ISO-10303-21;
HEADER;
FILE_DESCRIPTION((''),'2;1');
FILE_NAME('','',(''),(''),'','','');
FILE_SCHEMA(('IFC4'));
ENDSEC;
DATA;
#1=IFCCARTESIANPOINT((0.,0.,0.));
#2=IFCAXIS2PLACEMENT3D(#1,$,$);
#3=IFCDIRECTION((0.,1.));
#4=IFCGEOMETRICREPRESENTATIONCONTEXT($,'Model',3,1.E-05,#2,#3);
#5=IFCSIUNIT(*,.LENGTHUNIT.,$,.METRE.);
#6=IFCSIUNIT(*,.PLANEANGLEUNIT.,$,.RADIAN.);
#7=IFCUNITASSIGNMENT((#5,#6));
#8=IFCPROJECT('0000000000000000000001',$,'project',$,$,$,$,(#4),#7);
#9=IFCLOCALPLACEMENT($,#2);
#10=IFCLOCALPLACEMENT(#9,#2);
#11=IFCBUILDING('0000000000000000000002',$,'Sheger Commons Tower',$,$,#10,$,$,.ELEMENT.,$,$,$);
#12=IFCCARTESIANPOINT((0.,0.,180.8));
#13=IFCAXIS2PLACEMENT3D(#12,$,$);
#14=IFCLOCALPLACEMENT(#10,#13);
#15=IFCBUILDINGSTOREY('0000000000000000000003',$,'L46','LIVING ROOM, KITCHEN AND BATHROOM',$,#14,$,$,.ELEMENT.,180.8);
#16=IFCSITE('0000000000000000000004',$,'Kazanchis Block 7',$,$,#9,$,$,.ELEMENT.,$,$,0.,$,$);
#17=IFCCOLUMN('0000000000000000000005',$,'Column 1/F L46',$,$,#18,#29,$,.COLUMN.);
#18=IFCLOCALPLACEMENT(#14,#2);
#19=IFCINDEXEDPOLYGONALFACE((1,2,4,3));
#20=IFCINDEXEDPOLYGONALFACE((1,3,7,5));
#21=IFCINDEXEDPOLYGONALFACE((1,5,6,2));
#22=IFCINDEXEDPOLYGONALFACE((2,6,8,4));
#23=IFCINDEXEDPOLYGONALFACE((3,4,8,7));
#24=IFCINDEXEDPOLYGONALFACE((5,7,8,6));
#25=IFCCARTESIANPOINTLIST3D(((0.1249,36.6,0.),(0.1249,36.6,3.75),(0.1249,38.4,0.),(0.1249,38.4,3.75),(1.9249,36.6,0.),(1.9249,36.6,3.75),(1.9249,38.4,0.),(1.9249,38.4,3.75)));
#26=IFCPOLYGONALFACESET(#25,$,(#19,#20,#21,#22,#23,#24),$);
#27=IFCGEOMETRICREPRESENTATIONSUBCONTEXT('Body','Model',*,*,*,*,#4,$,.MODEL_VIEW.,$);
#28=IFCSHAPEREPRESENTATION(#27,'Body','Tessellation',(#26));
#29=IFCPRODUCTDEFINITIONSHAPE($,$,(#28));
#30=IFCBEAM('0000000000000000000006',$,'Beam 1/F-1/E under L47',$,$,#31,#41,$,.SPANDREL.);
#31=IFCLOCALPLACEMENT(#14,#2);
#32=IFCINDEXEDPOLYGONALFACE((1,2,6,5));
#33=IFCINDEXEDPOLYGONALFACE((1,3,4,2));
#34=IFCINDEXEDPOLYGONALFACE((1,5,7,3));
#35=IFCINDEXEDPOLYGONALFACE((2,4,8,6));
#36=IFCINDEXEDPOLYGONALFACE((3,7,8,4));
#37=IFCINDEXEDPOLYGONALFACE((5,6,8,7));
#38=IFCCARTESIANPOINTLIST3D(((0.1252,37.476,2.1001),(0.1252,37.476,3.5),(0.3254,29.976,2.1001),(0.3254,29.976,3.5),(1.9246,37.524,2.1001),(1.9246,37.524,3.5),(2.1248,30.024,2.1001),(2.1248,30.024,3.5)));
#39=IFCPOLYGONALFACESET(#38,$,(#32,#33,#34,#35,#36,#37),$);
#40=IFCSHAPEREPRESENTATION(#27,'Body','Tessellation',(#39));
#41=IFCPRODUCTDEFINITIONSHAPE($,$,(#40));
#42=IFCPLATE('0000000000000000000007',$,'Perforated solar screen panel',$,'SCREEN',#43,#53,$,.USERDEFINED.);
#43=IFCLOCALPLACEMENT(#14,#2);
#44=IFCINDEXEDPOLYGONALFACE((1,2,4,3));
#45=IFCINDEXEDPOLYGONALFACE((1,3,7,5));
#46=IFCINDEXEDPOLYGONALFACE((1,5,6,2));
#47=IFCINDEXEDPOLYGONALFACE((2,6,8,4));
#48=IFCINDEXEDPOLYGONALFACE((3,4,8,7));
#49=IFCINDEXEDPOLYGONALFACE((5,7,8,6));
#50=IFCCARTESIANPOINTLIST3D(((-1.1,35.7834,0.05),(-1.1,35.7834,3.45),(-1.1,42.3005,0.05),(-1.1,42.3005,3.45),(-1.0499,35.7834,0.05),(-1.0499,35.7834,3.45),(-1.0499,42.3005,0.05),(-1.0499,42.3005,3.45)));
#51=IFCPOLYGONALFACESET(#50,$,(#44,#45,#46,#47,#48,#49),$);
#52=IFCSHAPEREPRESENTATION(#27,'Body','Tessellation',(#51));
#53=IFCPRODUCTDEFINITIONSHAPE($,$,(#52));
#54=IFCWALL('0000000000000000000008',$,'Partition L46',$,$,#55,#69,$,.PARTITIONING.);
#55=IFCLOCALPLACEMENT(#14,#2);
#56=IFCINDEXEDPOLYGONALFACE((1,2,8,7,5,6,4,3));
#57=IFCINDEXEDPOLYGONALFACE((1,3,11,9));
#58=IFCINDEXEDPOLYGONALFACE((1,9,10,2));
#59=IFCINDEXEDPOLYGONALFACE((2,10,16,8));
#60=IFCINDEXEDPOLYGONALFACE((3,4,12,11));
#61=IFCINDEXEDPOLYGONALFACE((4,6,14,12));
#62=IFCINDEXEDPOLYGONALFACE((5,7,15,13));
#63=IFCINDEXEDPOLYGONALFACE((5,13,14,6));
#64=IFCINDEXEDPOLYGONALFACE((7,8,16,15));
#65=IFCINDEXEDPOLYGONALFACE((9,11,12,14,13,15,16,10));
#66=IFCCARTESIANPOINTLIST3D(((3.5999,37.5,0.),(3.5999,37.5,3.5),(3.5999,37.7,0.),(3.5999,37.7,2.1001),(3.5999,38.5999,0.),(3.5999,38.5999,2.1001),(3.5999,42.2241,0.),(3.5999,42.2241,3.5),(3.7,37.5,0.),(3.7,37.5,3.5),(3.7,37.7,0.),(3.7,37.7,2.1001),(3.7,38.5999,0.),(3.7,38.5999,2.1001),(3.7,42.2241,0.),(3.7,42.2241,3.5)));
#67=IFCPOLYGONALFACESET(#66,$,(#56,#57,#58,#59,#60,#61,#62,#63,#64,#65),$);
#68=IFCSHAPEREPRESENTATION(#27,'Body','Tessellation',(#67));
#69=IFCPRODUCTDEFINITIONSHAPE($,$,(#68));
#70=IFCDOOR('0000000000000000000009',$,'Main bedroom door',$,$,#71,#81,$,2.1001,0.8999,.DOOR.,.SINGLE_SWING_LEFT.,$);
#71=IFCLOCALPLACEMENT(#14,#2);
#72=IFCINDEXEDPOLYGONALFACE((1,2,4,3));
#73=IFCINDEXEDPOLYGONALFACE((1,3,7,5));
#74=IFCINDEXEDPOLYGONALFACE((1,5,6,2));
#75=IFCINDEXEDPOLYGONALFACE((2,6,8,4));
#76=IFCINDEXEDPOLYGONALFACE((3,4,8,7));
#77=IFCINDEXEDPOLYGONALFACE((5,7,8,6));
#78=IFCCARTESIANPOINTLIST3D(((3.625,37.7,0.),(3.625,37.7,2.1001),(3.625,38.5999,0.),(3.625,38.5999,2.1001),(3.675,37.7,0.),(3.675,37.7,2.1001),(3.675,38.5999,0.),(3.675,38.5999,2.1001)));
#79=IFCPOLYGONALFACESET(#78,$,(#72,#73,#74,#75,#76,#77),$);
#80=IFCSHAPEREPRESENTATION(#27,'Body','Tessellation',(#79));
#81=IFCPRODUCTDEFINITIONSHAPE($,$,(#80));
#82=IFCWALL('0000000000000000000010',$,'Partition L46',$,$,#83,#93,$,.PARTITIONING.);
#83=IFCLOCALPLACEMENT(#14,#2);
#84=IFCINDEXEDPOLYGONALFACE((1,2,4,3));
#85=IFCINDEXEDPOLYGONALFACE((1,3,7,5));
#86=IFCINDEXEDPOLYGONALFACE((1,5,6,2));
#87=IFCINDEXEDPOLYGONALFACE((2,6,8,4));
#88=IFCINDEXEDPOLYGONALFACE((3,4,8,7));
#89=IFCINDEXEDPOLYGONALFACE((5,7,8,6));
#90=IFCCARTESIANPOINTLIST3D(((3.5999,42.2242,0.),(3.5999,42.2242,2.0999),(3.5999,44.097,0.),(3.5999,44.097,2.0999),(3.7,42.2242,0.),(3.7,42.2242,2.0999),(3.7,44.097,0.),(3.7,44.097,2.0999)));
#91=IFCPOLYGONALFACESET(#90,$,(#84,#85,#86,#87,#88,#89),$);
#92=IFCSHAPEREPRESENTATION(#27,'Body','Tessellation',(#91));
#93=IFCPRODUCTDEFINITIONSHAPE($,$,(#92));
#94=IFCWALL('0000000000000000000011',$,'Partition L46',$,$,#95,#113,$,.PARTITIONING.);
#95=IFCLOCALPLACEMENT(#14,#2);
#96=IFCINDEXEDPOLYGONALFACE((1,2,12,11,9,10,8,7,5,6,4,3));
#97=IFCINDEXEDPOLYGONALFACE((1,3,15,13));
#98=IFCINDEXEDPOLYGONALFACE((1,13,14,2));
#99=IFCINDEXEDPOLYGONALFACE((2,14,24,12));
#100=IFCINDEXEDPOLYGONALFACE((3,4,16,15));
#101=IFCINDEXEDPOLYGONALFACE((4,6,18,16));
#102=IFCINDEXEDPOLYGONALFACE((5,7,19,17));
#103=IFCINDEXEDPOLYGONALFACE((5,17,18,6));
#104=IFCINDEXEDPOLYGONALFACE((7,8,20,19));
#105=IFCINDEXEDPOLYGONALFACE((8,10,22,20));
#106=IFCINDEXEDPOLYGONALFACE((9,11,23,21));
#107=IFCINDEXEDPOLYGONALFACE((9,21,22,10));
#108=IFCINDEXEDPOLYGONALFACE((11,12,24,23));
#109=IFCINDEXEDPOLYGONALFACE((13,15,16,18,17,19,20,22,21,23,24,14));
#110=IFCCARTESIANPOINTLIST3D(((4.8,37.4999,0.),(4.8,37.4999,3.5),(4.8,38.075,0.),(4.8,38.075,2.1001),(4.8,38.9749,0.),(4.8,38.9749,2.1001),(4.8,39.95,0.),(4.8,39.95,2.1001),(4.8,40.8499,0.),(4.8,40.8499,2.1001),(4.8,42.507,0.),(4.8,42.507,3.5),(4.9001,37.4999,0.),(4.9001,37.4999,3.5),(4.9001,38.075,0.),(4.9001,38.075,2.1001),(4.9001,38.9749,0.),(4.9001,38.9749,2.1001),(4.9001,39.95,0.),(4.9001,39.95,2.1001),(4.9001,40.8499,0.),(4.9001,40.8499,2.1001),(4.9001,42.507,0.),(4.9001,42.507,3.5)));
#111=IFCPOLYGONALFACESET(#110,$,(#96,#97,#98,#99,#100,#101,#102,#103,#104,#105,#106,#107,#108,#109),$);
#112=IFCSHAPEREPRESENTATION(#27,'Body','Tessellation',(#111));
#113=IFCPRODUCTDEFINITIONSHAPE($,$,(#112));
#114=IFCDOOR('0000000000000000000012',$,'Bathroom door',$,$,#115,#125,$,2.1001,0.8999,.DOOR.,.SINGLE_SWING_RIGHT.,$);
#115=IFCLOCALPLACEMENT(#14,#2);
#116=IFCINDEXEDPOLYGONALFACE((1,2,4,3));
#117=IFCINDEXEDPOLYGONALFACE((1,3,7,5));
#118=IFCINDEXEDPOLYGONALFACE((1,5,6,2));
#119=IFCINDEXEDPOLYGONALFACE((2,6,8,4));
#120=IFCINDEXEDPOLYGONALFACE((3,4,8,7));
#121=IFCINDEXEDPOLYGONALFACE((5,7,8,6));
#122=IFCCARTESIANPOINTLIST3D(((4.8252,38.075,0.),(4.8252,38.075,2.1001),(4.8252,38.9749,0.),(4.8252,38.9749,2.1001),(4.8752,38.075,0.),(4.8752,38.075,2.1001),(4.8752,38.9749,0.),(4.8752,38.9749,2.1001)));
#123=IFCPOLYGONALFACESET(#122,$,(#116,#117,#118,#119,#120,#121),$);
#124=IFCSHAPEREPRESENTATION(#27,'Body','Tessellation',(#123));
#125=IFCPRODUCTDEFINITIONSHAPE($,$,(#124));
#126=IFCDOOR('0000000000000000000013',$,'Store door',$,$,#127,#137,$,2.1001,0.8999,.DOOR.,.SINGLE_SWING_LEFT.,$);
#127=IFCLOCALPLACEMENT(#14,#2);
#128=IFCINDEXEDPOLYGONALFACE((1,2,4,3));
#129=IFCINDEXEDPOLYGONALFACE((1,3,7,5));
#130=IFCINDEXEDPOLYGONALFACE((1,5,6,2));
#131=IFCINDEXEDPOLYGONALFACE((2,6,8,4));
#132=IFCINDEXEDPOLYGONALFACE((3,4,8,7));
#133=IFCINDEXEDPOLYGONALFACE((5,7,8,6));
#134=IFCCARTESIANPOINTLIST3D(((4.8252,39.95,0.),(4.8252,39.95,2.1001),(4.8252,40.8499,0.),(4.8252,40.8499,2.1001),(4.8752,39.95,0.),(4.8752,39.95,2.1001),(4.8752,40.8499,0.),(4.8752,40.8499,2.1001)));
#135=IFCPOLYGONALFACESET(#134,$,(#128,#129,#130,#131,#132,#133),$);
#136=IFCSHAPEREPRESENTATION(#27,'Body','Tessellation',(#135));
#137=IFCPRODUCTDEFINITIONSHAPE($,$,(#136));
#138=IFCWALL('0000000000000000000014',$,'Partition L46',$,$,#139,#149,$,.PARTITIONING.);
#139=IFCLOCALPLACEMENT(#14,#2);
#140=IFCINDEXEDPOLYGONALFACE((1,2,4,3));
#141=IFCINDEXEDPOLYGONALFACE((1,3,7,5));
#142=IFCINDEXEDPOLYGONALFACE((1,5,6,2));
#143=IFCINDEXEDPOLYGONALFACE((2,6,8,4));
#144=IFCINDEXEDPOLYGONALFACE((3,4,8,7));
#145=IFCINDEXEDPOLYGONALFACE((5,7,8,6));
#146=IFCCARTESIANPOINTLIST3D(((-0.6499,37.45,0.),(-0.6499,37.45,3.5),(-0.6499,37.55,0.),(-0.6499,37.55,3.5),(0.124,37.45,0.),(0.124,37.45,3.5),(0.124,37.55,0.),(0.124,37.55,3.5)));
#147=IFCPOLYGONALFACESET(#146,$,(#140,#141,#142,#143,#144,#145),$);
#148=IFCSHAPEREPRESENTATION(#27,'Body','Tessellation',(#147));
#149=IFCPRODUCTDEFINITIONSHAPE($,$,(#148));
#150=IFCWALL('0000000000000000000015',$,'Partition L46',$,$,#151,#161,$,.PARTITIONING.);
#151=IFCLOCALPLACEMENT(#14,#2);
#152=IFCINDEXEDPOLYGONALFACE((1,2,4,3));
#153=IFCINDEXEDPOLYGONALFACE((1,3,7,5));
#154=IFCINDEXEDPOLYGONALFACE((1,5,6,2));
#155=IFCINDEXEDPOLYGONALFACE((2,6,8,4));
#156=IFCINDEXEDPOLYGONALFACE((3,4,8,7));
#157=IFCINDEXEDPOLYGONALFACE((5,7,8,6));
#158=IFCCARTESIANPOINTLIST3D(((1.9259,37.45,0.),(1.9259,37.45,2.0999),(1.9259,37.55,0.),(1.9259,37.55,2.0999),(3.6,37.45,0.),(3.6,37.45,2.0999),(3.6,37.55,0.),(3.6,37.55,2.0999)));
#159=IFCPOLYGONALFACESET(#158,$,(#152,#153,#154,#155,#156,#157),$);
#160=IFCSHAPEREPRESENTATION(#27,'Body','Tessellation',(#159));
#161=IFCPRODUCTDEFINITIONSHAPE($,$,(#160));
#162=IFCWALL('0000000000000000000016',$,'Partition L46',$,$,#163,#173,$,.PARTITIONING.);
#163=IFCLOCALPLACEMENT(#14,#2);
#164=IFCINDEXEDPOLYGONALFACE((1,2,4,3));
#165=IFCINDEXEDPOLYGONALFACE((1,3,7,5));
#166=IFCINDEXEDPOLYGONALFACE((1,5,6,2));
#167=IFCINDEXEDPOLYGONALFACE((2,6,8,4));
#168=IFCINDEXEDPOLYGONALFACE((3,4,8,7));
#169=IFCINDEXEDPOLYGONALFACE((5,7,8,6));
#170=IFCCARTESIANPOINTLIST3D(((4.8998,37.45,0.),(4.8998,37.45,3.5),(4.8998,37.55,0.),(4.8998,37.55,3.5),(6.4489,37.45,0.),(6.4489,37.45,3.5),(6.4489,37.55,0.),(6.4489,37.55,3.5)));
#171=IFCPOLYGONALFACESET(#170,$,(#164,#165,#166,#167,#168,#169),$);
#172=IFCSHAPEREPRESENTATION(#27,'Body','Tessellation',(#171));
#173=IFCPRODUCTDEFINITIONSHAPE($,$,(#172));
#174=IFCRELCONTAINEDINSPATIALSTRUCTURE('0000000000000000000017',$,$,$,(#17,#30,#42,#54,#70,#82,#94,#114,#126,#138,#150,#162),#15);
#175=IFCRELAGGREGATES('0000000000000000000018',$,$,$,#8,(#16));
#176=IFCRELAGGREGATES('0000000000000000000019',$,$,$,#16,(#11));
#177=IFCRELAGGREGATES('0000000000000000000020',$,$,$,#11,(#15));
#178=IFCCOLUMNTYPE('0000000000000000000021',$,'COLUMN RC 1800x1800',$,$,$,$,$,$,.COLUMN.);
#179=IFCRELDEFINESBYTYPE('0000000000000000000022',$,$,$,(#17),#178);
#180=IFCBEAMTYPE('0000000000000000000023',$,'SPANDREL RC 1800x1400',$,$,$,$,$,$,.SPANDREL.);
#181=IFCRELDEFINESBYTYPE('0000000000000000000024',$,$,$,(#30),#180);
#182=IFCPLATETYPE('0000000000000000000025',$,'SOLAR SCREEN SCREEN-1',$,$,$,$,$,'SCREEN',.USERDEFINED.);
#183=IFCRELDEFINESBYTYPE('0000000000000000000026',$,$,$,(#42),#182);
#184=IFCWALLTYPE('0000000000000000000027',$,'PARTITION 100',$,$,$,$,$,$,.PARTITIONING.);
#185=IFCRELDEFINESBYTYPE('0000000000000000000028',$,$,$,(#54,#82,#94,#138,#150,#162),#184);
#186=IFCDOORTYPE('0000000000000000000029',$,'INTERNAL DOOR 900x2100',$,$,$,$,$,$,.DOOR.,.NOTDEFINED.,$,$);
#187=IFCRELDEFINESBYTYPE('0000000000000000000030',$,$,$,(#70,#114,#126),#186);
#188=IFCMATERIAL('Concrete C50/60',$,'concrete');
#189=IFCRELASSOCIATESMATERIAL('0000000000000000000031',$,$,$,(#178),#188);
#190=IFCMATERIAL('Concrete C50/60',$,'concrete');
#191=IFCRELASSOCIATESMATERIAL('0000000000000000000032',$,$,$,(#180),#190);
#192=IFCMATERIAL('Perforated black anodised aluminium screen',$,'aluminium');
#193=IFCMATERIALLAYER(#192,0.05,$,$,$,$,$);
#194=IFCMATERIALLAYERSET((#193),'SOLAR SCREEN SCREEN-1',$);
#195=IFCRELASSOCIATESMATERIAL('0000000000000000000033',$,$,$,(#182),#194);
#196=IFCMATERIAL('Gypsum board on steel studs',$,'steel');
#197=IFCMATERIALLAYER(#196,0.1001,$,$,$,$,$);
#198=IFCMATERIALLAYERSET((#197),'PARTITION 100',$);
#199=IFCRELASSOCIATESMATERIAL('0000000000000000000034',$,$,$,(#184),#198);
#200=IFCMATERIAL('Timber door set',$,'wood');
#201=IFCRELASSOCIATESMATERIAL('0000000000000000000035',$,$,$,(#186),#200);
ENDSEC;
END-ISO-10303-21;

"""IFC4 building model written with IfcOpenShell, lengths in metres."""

from ifc_helpers import new_model, si_unit, direction, frame, frame_2d, origin, origin_2d, place, context, subcontext, project, spatial, rectangle, extrude, material, layer, layer_set, material_profile, profile_set, type_object, element, fill, save


model = new_model("IFC4")

# Units and contexts
model_context = context("Model", 3, precision=1e-05, world=origin(), true_north=direction((0.0, 1.0)))
body_context = subcontext(model_context, "Body", "Model", "MODEL_VIEW")
ifc_project = project(units=[si_unit("LENGTHUNIT", "METRE"), si_unit("PLANEANGLEUNIT", "RADIAN")], contexts=[model_context])

# Site, building, storey
site_placement = place(None, origin())
site = spatial("IfcSite", under=ifc_project, at=site_placement, Name="Kazanchis Block 7", CompositionType="ELEMENT", RefElevation=0.0)
building_placement = place(site_placement, origin())
building = spatial("IfcBuilding", under=site, at=building_placement, Name="Sheger Commons Tower", CompositionType="ELEMENT")
storey_placement = place(building_placement, frame((0.0, 0.0, 180.8)))
storey = spatial("IfcBuildingStorey", under=building, at=storey_placement, Name="L46", Description="LIVING ROOM, KITCHEN AND BATHROOM", CompositionType="ELEMENT", Elevation=180.8)

# Column
ifc_material_1 = material(Name="Concrete C50/60", Category="concrete")
ifc_material_profile_1 = material_profile(ifc_material_1, rectangle(XDim=1.8, YDim=1.8, at=origin_2d()), Name="RC 1800x1800")
ifc_profile_set_1 = profile_set([ifc_material_profile_1], Name="Concrete C50/60")
column_type = type_object("IfcColumnType", Name="COLUMN RC 1800x1800", PredefinedType="COLUMN", material=ifc_profile_set_1)
column_placement = place(storey_placement, frame((1.0249, 37.5, 0.0), z_axis=(0.0, 0.0, 1.0), x_axis=(1.0, 0.0, 0.0)))
element("IfcColumn", 1, at=column_placement, inside=storey, type_object=column_type, Name="Column 1/F L46", PredefinedType="COLUMN", context=body_context, shape_type="SweptSolid", body=[
    extrude(rectangle(XDim=1.8, YDim=1.8, at=origin_2d()), origin(), (0.0, 0.0, 1.0), 3.75),
])

# Beam
ifc_material_2 = material(Name="Concrete C50/60", Category="concrete")
ifc_material_profile_2 = material_profile(ifc_material_2, rectangle(XDim=1.8, YDim=1.3999, at=origin_2d()), Name="RC 1800x1400")
ifc_profile_set_2 = profile_set([ifc_material_profile_2], Name="Concrete C50/60")
beam_type = type_object("IfcBeamType", Name="SPANDREL RC 1800x1400", PredefinedType="SPANDREL", material=ifc_profile_set_2)
beam_placement = place(storey_placement, frame((1.0249, 37.5, 2.8), z_axis=(0.026683, -0.999644, 0.0), x_axis=(0.999644, 0.026683, 0.0)))
element("IfcBeam", 2, at=beam_placement, inside=storey, type_object=beam_type, Name="Beam 1/F-1/E under L47", PredefinedType="SPANDREL", context=body_context, shape_type="SweptSolid", body=[
    extrude(rectangle(XDim=1.8, YDim=1.3999, at=origin_2d()), origin(), (0.0, 0.0, 1.0), 7.5027),
])

# Plate
ifc_material_3 = material(Name="Perforated black anodised aluminium screen", Category="aluminium")
ifc_layer_1 = layer(ifc_material_3, 0.05)
ifc_layer_set_1 = layer_set([ifc_layer_1], Name="SOLAR SCREEN SCREEN-1")
plate_type = type_object("IfcPlateType", Name="SOLAR SCREEN SCREEN-1", ElementType="SCREEN", PredefinedType="USERDEFINED", material=ifc_layer_set_1)
plate_placement = place(storey_placement, frame((-1.075, 39.042, 0.05), z_axis=(0.0, 0.0, 1.0), x_axis=(0.0, -1.0, 0.0)))
element("IfcPlate", 3, at=plate_placement, inside=storey, type_object=plate_type, Name="Perforated solar screen panel", ObjectType="SCREEN", PredefinedType="USERDEFINED", context=body_context, shape_type="SweptSolid", body=[
    extrude(rectangle(XDim=6.5171, YDim=0.05, at=origin_2d()), origin(), (0.0, 0.0, 1.0), 3.3999),
])

# Wall, opening, door
ifc_material_4 = material(Name="Gypsum board on steel studs", Category="steel")
ifc_layer_2 = layer(ifc_material_4, 0.1001)
ifc_layer_set_2 = layer_set([ifc_layer_2], Name="PARTITION 100")
wall_type = type_object("IfcWallType", Name="PARTITION 100", PredefinedType="PARTITIONING", material=ifc_layer_set_2)
wall_1_placement = place(storey_placement, frame((3.6499, 37.5, 0.0), z_axis=(0.0, 0.0, 1.0), x_axis=(0.0, 1.0, 0.0)))
wall_1 = element("IfcWall", 4, at=wall_1_placement, inside=storey, type_object=wall_type, Name="Partition L46", PredefinedType="PARTITIONING", context=body_context, shape_type="SweptSolid", body=[
    extrude(rectangle(XDim=4.7241, YDim=0.1001, at=frame_2d((2.3621, 0.0))), origin(), (0.0, 0.0, 1.0), 3.5),
])
opening_1_placement = place(wall_1_placement, frame((0.2, 0.0, 0.0)))
opening_1 = element("IfcOpeningElement", 5, at=opening_1_placement, cuts=wall_1, PredefinedType="OPENING", context=body_context, shape_type="SweptSolid", body=[
    extrude(rectangle(XDim=0.8999, YDim=2.1001, at=frame_2d((0.45, 1.05))), frame((0.0, 0.0601, 0.0), z_axis=(0.0, -1.0, 0.0), x_axis=(1.0, 0.0, 0.0)), (0.0, 0.0, 1.0), 0.1201),
])
ifc_material_5 = material(Name="Timber door set", Category="wood")
door_type = type_object("IfcDoorType", Name="INTERNAL DOOR 900x2100", OperationType="NOTDEFINED", PredefinedType="DOOR", material=ifc_material_5)
door_1_placement = place(opening_1_placement, origin())
door_1 = element("IfcDoor", 6, at=door_1_placement, inside=storey, type_object=door_type, Name="Main bedroom door", OperationType="SINGLE_SWING_LEFT", OverallHeight=2.1001, OverallWidth=0.8999, PredefinedType="DOOR", context=body_context, shape_type="SweptSolid", body=[
    extrude(rectangle(XDim=0.8999, YDim=2.1001, at=frame_2d((0.45, 1.05))), frame((0.0, 0.0249, 0.0), z_axis=(0.0, -1.0, 0.0), x_axis=(1.0, 0.0, 0.0)), (0.0, 0.0, 1.0), 0.05),
])
fill(opening_1, door_1)

# Wall
wall_2_placement = place(storey_placement, frame((3.6499, 42.2241, 0.0), z_axis=(0.0, 0.0, 1.0), x_axis=(0.0, 1.0, 0.0)))
element("IfcWall", 7, at=wall_2_placement, inside=storey, type_object=wall_type, Name="Partition L46", PredefinedType="PARTITIONING", context=body_context, shape_type="SweptSolid", body=[
    extrude(rectangle(XDim=1.8728, YDim=0.1001, at=frame_2d((0.9365, 0.0))), origin(), (0.0, 0.0, 1.0), 2.0999),
])

# Wall, openings, doors
wall_3_placement = place(storey_placement, frame((4.8501, 37.5, 0.0), z_axis=(0.0, 0.0, 1.0), x_axis=(0.0, 1.0, 0.0)))
wall_3 = element("IfcWall", 8, at=wall_3_placement, inside=storey, type_object=wall_type, Name="Partition L46", PredefinedType="PARTITIONING", context=body_context, shape_type="SweptSolid", body=[
    extrude(rectangle(XDim=5.0071, YDim=0.1001, at=frame_2d((2.5034, 0.0))), origin(), (0.0, 0.0, 1.0), 3.5),
])
opening_2_placement = place(wall_3_placement, frame((0.575, 0.0, 0.0)))
opening_2 = element("IfcOpeningElement", 9, at=opening_2_placement, cuts=wall_3, PredefinedType="OPENING", context=body_context, shape_type="SweptSolid", body=[
    extrude(rectangle(XDim=0.8999, YDim=2.1001, at=frame_2d((0.45, 1.05))), frame((0.0, 0.0601, 0.0), z_axis=(0.0, -1.0, 0.0), x_axis=(1.0, 0.0, 0.0)), (0.0, 0.0, 1.0), 0.1201),
])
opening_3_placement = place(wall_3_placement, frame((2.45, 0.0, 0.0)))
opening_3 = element("IfcOpeningElement", 10, at=opening_3_placement, cuts=wall_3, PredefinedType="OPENING", context=body_context, shape_type="SweptSolid", body=[
    extrude(rectangle(XDim=0.8999, YDim=2.1001, at=frame_2d((0.45, 1.05))), frame((0.0, 0.0601, 0.0), z_axis=(0.0, -1.0, 0.0), x_axis=(1.0, 0.0, 0.0)), (0.0, 0.0, 1.0), 0.1201),
])
door_2_placement = place(opening_2_placement, origin())
door_2 = element("IfcDoor", 11, at=door_2_placement, inside=storey, type_object=door_type, Name="Bathroom door", OperationType="SINGLE_SWING_RIGHT", OverallHeight=2.1001, OverallWidth=0.8999, PredefinedType="DOOR", context=body_context, shape_type="SweptSolid", body=[
    extrude(rectangle(XDim=0.8999, YDim=2.1001, at=frame_2d((0.45, 1.05))), frame((0.0, 0.0249, 0.0), z_axis=(0.0, -1.0, 0.0), x_axis=(1.0, 0.0, 0.0)), (0.0, 0.0, 1.0), 0.05),
])
fill(opening_2, door_2)
door_3_placement = place(opening_3_placement, origin())
door_3 = element("IfcDoor", 12, at=door_3_placement, inside=storey, type_object=door_type, Name="Store door", OperationType="SINGLE_SWING_LEFT", OverallHeight=2.1001, OverallWidth=0.8999, PredefinedType="DOOR", context=body_context, shape_type="SweptSolid", body=[
    extrude(rectangle(XDim=0.8999, YDim=2.1001, at=frame_2d((0.45, 1.05))), frame((0.0, 0.0249, 0.0), z_axis=(0.0, -1.0, 0.0), x_axis=(1.0, 0.0, 0.0)), (0.0, 0.0, 1.0), 0.05),
])
fill(opening_3, door_3)

# Walls
wall_4_placement = place(storey_placement, frame((-0.6499, 37.5, 0.0), z_axis=(0.0, 0.0, 1.0), x_axis=(1.0, 0.0, 0.0)))
element("IfcWall", 13, at=wall_4_placement, inside=storey, type_object=wall_type, Name="Partition L46", PredefinedType="PARTITIONING", context=body_context, shape_type="SweptSolid", body=[
    extrude(rectangle(XDim=0.7739, YDim=0.1001, at=frame_2d((0.387, 0.0))), origin(), (0.0, 0.0, 1.0), 3.5),
])
wall_5_placement = place(storey_placement, frame((1.926, 37.5, 0.0), z_axis=(0.0, 0.0, 1.0), x_axis=(1.0, 0.0, 0.0)))
element("IfcWall", 14, at=wall_5_placement, inside=storey, type_object=wall_type, Name="Partition L46", PredefinedType="PARTITIONING", context=body_context, shape_type="SweptSolid", body=[
    extrude(rectangle(XDim=1.6741, YDim=0.1001, at=frame_2d((0.8369, 0.0))), origin(), (0.0, 0.0, 1.0), 2.0999),
])
wall_6_placement = place(storey_placement, frame((4.8999, 37.5, 0.0), z_axis=(0.0, 0.0, 1.0), x_axis=(1.0, 0.0, 0.0)))
element("IfcWall", 15, at=wall_6_placement, inside=storey, type_object=wall_type, Name="Partition L46", PredefinedType="PARTITIONING", context=body_context, shape_type="SweptSolid", body=[
    extrude(rectangle(XDim=1.5491, YDim=0.1001, at=frame_2d((0.7744, 0.0))), origin(), (0.0, 0.0, 1.0), 3.5),
])

save(model, "model.ifc")
